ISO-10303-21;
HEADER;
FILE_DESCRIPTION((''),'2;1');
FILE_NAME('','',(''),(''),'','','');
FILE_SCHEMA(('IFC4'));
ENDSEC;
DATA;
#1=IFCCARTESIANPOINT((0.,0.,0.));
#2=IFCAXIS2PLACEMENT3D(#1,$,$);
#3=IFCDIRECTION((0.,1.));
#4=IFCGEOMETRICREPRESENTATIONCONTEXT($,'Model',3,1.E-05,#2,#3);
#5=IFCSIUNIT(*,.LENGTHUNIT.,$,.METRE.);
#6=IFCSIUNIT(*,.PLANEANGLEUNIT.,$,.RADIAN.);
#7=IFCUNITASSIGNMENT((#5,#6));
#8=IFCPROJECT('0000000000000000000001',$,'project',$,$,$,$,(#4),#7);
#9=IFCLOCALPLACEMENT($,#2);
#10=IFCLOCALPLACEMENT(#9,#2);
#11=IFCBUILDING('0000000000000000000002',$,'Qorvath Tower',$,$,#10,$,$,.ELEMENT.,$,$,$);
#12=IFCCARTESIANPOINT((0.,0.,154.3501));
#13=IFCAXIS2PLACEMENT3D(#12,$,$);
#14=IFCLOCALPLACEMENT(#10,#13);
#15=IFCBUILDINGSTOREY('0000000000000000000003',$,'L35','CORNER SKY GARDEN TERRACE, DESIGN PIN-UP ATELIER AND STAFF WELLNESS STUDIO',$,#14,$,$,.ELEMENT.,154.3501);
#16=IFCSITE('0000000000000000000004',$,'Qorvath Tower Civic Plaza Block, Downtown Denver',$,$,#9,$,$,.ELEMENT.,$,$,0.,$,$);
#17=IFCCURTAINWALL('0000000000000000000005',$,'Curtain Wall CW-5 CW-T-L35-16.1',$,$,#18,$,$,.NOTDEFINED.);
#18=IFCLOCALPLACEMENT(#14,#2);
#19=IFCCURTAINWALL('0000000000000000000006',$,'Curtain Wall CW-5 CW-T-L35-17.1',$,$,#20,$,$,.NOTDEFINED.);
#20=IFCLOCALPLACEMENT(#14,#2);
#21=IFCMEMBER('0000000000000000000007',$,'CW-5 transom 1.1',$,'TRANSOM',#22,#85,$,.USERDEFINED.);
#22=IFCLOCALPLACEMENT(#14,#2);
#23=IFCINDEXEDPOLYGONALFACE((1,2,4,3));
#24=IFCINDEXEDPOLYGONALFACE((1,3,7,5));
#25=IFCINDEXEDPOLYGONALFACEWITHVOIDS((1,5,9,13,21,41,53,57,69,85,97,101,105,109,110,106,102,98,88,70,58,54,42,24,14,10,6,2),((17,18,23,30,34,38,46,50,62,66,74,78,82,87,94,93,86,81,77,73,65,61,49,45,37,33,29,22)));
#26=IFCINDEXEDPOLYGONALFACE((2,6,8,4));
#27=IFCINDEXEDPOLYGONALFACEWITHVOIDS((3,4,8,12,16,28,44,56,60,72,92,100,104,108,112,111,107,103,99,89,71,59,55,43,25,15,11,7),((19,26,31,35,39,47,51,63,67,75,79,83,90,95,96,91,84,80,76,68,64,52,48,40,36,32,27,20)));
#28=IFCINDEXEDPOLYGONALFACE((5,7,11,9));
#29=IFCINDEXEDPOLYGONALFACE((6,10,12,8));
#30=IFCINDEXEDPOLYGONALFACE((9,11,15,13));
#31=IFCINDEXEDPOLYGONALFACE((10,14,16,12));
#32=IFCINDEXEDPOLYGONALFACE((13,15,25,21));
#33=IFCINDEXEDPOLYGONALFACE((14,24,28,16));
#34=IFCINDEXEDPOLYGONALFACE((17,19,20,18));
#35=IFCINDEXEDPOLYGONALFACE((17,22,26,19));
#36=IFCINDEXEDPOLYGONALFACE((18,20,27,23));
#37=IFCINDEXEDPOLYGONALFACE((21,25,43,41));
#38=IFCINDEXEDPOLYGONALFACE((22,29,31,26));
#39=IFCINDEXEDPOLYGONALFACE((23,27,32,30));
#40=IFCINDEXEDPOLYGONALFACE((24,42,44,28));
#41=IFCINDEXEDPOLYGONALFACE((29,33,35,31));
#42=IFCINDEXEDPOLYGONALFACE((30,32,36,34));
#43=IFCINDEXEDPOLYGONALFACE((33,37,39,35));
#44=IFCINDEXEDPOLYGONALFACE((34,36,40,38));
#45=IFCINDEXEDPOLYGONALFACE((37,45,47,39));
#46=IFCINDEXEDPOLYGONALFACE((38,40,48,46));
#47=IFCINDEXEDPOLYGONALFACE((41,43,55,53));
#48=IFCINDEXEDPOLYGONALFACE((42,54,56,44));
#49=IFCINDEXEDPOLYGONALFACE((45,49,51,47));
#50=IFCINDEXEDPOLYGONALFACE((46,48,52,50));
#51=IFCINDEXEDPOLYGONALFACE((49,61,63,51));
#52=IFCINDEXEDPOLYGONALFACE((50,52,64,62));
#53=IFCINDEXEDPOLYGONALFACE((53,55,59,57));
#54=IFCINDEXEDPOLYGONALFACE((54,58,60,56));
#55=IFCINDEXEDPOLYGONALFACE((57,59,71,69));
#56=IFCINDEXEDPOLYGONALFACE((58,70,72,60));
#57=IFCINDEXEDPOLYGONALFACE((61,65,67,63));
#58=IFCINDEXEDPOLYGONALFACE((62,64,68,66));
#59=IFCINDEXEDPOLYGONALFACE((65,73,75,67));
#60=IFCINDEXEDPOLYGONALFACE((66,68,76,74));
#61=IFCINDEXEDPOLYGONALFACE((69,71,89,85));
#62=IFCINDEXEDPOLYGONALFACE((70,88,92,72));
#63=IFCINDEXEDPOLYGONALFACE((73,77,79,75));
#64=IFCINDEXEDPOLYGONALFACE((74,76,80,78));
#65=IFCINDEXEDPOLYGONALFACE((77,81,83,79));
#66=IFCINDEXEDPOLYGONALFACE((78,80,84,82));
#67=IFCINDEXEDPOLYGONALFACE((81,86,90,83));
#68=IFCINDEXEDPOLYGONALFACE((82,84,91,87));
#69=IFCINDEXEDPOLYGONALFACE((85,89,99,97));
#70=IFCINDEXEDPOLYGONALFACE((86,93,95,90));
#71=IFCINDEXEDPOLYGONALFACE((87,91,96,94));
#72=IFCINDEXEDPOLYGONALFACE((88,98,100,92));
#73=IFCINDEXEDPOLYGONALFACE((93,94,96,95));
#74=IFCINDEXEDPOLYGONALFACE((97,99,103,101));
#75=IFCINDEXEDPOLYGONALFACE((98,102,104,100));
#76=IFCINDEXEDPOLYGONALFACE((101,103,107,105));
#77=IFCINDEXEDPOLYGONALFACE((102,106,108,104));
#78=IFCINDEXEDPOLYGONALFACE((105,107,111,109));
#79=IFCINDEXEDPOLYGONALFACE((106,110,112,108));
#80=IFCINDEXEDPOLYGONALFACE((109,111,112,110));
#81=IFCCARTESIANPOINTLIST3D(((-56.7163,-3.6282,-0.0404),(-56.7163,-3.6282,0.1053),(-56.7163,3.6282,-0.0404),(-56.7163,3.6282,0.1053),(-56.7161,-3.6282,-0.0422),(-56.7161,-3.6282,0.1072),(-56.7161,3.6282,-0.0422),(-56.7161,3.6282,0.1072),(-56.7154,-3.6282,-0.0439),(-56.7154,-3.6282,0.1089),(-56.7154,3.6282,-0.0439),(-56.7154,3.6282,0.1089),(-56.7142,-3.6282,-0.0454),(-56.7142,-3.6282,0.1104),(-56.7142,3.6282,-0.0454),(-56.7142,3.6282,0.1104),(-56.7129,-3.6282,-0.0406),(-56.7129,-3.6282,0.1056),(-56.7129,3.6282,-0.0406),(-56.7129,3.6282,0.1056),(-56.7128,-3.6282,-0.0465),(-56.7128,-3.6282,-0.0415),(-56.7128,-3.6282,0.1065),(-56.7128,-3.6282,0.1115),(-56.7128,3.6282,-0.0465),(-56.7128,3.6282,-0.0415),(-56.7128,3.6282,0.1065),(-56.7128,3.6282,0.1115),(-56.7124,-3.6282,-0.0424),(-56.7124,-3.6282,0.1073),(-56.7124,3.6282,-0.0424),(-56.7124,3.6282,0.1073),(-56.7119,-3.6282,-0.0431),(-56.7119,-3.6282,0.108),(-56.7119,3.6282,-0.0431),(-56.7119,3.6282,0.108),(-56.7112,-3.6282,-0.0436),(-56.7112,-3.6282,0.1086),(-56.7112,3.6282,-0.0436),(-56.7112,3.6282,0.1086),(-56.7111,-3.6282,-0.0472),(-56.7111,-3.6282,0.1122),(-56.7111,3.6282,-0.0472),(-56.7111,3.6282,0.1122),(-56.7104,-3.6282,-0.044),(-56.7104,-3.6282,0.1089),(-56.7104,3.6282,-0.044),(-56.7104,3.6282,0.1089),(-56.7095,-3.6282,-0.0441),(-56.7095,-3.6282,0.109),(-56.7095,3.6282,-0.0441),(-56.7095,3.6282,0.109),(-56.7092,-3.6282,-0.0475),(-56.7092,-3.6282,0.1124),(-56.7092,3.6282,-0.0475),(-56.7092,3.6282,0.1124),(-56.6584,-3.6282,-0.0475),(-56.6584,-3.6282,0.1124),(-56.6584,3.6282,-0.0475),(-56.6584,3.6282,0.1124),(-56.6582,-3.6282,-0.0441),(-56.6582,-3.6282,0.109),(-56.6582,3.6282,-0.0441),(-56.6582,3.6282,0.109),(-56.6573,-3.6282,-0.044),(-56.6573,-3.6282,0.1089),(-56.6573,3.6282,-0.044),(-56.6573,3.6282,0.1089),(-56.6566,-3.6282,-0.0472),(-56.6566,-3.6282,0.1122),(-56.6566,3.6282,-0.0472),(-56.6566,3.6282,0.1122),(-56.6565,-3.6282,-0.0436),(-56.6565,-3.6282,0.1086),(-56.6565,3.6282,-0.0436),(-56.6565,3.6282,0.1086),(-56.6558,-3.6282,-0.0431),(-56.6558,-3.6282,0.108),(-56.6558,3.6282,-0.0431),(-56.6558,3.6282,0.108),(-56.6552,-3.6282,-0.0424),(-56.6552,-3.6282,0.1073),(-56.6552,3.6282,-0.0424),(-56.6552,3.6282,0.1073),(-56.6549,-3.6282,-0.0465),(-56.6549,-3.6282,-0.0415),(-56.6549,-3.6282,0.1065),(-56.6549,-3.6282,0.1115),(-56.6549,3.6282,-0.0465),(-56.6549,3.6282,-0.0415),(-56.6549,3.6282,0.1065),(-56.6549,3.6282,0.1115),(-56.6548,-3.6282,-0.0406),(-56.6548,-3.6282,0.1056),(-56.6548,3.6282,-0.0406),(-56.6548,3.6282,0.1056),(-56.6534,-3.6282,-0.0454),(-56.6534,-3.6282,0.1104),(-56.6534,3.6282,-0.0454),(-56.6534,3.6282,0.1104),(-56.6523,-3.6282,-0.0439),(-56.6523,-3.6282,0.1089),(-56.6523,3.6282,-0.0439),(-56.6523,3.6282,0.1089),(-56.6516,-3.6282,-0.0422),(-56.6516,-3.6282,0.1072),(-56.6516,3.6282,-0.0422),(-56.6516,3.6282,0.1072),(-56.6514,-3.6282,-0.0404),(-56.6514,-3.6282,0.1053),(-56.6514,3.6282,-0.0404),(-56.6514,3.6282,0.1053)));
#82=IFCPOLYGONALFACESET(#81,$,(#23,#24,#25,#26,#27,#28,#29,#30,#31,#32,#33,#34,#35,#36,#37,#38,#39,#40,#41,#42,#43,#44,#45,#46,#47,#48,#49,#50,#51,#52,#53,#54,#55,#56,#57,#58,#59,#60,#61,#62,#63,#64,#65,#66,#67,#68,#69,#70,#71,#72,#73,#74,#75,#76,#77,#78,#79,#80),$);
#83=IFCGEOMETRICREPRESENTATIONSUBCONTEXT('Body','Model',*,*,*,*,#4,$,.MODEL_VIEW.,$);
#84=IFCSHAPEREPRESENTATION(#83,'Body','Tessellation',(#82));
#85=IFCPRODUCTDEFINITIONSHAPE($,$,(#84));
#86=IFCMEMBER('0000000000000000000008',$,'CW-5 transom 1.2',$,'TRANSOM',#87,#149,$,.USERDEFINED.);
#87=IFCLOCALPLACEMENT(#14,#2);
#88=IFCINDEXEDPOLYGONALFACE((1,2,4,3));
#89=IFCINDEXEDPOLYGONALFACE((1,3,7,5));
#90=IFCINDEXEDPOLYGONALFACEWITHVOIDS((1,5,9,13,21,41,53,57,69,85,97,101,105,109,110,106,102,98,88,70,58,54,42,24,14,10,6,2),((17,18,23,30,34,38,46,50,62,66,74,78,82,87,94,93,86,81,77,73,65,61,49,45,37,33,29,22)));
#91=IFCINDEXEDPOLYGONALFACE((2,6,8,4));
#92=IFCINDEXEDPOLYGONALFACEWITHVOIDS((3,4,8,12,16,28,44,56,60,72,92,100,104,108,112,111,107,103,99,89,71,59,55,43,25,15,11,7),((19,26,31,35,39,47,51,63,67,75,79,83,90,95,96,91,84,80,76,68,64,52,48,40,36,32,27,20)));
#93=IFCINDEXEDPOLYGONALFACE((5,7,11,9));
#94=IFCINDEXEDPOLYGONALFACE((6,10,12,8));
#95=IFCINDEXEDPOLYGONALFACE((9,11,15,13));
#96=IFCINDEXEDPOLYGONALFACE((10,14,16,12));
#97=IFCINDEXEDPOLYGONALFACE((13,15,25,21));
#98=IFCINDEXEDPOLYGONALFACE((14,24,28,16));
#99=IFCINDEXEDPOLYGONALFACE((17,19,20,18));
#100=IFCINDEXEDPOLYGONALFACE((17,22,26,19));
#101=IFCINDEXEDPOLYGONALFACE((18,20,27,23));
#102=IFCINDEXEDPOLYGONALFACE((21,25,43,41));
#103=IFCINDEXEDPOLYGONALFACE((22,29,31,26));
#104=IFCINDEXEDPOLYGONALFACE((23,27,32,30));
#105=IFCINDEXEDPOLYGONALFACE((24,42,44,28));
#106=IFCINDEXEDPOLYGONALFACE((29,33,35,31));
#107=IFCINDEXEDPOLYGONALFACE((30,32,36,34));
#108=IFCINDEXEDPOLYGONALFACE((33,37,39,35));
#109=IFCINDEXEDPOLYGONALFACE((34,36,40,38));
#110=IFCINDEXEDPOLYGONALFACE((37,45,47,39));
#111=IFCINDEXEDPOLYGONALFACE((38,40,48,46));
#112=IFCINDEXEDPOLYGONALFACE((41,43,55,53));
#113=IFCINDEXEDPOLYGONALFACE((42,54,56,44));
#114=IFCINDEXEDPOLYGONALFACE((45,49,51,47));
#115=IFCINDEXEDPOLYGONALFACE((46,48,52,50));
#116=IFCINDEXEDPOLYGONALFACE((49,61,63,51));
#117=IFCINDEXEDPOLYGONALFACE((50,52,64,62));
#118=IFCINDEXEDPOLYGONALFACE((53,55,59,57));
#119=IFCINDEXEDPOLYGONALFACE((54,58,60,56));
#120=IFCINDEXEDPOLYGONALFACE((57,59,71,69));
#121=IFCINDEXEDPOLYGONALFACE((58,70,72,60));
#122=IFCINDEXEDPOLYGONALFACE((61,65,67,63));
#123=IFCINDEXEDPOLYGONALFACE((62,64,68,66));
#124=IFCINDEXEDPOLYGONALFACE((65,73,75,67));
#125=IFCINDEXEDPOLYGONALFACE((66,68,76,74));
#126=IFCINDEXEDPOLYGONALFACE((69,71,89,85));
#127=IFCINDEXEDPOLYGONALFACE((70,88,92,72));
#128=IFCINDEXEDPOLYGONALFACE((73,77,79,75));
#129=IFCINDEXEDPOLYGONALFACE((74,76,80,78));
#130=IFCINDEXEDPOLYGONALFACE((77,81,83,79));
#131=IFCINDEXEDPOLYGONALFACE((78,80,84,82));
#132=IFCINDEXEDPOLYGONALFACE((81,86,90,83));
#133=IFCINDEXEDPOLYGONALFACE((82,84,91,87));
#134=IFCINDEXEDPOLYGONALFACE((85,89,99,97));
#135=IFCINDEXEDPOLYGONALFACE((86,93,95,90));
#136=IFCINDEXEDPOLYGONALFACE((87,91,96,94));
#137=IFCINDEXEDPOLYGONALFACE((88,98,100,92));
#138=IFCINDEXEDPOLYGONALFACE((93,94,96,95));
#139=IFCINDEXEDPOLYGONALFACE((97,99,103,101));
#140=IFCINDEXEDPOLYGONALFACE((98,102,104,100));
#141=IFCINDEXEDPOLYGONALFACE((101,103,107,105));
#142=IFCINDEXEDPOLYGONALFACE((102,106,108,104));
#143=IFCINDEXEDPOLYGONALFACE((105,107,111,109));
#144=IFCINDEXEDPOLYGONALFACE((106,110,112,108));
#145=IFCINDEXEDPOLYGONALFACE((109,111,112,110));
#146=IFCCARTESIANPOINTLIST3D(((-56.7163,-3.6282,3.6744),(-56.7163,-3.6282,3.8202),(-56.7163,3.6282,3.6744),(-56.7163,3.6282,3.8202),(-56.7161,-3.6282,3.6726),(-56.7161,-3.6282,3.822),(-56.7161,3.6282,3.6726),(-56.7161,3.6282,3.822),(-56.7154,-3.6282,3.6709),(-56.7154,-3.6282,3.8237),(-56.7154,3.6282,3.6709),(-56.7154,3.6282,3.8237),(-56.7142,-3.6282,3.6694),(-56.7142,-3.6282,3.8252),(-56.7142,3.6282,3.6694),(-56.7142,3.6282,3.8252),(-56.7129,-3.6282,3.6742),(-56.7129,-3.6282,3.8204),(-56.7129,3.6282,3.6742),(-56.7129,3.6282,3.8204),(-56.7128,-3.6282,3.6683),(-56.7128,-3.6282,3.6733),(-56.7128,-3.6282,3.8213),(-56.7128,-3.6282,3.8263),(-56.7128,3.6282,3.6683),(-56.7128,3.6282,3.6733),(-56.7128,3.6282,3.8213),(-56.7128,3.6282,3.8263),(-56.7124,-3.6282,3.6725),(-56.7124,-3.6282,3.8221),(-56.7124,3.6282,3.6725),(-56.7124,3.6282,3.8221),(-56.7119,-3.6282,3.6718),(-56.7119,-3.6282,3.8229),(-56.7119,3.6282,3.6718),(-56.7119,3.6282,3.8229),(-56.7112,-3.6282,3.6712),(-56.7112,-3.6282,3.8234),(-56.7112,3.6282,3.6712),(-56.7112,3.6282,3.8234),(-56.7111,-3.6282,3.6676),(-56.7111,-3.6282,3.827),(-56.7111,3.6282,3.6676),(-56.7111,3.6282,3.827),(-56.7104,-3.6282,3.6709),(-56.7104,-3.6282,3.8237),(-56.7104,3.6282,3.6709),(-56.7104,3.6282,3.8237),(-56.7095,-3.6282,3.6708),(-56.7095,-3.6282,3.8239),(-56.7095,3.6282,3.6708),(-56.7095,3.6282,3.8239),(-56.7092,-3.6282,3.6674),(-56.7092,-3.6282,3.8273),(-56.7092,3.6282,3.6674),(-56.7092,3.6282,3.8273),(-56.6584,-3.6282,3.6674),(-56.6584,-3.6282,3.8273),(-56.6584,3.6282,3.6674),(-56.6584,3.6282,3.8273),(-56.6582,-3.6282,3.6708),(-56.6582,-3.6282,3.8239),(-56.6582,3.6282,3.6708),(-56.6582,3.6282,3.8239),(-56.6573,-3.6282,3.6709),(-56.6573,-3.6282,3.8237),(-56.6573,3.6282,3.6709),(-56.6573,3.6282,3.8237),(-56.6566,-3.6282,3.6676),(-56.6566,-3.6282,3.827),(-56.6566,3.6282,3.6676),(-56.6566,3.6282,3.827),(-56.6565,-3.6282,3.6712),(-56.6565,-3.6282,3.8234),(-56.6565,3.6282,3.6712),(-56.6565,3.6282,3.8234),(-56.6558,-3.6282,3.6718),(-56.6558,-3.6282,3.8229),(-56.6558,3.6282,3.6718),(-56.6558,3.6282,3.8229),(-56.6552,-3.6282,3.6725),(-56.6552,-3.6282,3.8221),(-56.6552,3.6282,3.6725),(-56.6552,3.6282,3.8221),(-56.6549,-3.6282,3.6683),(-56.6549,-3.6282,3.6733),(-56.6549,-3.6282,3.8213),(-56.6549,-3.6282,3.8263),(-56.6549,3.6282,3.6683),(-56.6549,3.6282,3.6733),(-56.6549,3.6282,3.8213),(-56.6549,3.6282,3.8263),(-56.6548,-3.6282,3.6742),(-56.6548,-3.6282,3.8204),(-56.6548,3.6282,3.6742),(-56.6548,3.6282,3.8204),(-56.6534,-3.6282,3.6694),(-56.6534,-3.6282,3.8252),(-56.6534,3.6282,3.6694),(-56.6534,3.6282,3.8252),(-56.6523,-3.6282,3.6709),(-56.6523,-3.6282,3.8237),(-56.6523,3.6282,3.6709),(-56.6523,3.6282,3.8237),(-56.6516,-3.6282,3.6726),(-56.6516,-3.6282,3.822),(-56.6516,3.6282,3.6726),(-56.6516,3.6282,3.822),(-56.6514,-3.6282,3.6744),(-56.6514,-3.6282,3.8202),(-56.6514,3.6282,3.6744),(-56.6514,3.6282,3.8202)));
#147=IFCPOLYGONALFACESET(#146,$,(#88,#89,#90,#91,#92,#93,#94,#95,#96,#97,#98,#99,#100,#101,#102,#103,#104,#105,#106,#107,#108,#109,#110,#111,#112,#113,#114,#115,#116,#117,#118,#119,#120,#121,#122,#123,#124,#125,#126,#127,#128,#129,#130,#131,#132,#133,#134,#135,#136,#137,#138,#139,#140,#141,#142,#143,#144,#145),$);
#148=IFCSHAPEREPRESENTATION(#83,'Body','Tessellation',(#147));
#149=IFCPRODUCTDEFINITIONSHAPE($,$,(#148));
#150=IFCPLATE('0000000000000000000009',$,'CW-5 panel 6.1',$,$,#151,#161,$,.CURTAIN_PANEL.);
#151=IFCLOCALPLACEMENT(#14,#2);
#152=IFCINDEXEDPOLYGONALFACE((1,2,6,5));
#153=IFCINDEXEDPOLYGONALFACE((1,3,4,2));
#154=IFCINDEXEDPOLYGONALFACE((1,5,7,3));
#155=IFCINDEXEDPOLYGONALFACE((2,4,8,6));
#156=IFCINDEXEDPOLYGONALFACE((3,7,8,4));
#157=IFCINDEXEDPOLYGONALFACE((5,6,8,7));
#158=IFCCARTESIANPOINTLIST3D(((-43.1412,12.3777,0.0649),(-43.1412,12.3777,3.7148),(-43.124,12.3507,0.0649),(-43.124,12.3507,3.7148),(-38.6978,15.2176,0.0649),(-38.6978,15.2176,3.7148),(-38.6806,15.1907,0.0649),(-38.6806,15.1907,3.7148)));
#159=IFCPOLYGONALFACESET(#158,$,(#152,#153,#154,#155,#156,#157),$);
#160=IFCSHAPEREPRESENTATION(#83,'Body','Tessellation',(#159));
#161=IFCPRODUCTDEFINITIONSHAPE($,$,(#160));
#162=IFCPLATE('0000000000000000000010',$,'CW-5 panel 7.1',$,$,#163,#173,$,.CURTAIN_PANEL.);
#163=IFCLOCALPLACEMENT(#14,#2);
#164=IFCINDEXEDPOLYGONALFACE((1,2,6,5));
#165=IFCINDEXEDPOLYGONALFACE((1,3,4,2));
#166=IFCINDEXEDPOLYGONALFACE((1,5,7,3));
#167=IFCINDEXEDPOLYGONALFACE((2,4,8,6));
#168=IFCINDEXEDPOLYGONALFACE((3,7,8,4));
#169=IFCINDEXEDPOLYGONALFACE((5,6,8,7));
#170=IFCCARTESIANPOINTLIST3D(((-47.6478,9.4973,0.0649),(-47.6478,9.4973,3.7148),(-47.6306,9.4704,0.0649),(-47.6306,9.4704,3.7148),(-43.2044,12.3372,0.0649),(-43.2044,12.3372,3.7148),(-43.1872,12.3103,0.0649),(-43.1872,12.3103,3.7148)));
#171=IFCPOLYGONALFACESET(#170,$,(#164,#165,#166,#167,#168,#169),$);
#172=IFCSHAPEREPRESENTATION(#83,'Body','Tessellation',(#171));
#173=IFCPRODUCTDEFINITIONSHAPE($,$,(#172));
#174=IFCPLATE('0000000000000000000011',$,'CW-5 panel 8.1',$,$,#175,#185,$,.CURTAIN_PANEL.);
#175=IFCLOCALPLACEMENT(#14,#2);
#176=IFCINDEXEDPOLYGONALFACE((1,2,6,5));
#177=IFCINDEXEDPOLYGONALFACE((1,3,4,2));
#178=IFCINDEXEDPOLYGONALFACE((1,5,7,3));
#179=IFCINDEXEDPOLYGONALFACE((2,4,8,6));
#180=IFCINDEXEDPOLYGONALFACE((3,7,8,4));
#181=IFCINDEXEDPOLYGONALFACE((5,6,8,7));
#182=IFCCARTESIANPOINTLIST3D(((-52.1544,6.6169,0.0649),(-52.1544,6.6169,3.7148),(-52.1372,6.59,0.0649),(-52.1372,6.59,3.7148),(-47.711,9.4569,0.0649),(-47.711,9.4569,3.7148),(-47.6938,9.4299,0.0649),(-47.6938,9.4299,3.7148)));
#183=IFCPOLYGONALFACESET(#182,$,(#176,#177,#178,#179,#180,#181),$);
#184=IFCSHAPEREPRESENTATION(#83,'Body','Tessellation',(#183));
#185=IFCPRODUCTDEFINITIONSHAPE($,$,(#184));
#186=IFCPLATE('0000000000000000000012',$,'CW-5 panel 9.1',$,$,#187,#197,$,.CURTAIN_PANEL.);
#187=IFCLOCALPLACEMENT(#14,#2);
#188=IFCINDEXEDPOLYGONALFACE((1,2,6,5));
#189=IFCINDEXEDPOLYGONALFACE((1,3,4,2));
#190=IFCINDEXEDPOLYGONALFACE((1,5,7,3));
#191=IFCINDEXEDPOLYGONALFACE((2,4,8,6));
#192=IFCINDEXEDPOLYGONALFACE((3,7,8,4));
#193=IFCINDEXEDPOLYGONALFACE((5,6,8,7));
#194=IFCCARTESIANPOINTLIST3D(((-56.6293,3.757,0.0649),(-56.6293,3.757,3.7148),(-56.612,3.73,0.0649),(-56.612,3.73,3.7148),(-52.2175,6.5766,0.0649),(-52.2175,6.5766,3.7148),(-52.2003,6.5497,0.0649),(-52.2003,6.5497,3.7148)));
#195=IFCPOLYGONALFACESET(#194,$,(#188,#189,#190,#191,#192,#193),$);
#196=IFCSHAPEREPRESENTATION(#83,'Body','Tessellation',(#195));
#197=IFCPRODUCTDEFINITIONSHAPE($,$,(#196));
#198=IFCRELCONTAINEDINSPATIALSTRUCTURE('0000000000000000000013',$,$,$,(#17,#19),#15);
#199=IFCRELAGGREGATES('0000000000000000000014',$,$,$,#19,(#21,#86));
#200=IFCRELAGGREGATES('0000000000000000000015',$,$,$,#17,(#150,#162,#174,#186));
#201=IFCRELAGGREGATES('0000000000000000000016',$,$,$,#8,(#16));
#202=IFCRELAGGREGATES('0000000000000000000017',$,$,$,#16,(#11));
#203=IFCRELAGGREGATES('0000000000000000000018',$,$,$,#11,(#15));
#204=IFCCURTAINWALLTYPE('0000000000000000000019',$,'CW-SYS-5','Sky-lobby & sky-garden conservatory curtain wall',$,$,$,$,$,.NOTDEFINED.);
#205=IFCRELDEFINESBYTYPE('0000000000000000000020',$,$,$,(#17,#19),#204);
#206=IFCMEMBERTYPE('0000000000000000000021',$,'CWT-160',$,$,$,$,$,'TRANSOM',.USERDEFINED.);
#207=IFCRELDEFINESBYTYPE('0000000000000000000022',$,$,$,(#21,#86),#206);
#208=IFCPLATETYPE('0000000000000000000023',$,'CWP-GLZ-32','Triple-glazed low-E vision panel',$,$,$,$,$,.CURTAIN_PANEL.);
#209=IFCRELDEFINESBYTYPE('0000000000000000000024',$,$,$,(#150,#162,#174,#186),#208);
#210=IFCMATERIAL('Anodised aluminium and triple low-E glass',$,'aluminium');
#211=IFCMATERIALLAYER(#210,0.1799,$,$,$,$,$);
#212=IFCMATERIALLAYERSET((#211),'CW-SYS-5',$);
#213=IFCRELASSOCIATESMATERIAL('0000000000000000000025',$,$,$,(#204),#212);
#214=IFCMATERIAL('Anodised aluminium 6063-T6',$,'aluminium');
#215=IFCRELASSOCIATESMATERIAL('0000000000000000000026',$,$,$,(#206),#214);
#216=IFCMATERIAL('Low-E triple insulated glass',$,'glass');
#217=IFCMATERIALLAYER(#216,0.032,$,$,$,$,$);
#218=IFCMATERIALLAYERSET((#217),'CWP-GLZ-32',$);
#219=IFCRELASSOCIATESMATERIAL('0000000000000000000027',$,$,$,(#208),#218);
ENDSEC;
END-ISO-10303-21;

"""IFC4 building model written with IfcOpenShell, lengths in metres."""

from ifc_helpers import new_model, si_unit, direction, frame, origin, origin_2d, place, context, subcontext, project, spatial, rectangle, hollow_rectangle, extrude, material, layer, layer_set, material_profile, profile_set, type_object, element, aggregate, save


model = new_model("IFC4")

# Units and contexts
model_context = context("Model", 3, precision=1e-05, world=origin(), true_north=direction((0.0, 1.0)))
body_context = subcontext(model_context, "Body", "Model", "MODEL_VIEW")
ifc_project = project(units=[si_unit("LENGTHUNIT", "METRE"), si_unit("PLANEANGLEUNIT", "RADIAN")], contexts=[model_context])

# Site, building, storey
site_placement = place(None, origin())
site = spatial("IfcSite", under=ifc_project, at=site_placement, Name="Qorvath Tower Civic Plaza Block, Downtown Denver", CompositionType="ELEMENT", RefElevation=0.0)
building_placement = place(site_placement, origin())
building = spatial("IfcBuilding", under=site, at=building_placement, Name="Qorvath Tower", CompositionType="ELEMENT")
storey_placement = place(building_placement, frame((0.0, 0.0, 154.3501)))
storey = spatial("IfcBuildingStorey", under=building, at=storey_placement, Name="L35", Description="CORNER SKY GARDEN TERRACE, DESIGN PIN-UP ATELIER AND STAFF WELLNESS STUDIO", CompositionType="ELEMENT", Elevation=154.3501)

# Curtain wall
ifc_material_1 = material(Name="Anodised aluminium and triple low-E glass", Category="aluminium")
ifc_layer_1 = layer(ifc_material_1, 0.1799)
ifc_layer_set_1 = layer_set([ifc_layer_1], Name="CW-SYS-5")
curtain_wall_type = type_object("IfcCurtainWallType", Name="CW-SYS-5", Description="Sky-lobby & sky-garden conservatory curtain wall", PredefinedType="NOTDEFINED", material=ifc_layer_set_1)
curtain_wall_1_placement = place(storey_placement, origin())
curtain_wall_1 = element("IfcCurtainWall", 1, at=curtain_wall_1_placement, inside=storey, type_object=curtain_wall_type, Name="Curtain Wall CW-5 CW-T-L35-16.1", PredefinedType="NOTDEFINED")

# Curtain wall
curtain_wall_2_placement = place(storey_placement, origin())
curtain_wall_2 = element("IfcCurtainWall", 2, at=curtain_wall_2_placement, inside=storey, type_object=curtain_wall_type, Name="Curtain Wall CW-5 CW-T-L35-17.1", PredefinedType="NOTDEFINED")

# Members
ifc_material_2 = material(Name="Anodised aluminium 6063-T6", Category="aluminium")
ifc_material_profile_1 = material_profile(ifc_material_2, hollow_rectangle(XDim=0.0649, YDim=0.1599, WallThickness=0.0034, InnerFilletRadius=0.0034, OuterFilletRadius=0.0071, at=origin_2d()), Name="CWT 160x65")
ifc_profile_set_1 = profile_set([ifc_material_profile_1], Name="Anodised aluminium 6063-T6")
member_type_1 = type_object("IfcMemberType", Name="CWT-160", ElementType="TRANSOM", PredefinedType="USERDEFINED", material=ifc_profile_set_1)
member_1_placement = place(storey_placement, frame((-56.6838, 3.6282, 0.0325), z_axis=(0.0, -1.0, 0.0), x_axis=(1.0, 0.0, 0.0)))
member_1 = element("IfcMember", 3, at=member_1_placement, type_object=member_type_1, Name="CW-5 transom 1.1", ObjectType="TRANSOM", PredefinedType="USERDEFINED", context=body_context, shape_type="SweptSolid", body=[
    extrude(hollow_rectangle(XDim=0.0649, YDim=0.1599, WallThickness=0.0034, InnerFilletRadius=0.0034, OuterFilletRadius=0.0071, at=origin_2d()), origin(), (0.0, 0.0, 1.0), 7.2563),
])
member_2_placement = place(storey_placement, frame((-56.6838, 3.6282, 3.7473), z_axis=(0.0, -1.0, 0.0), x_axis=(1.0, 0.0, 0.0)))
member_2 = element("IfcMember", 4, at=member_2_placement, type_object=member_type_1, Name="CW-5 transom 1.2", ObjectType="TRANSOM", PredefinedType="USERDEFINED", context=body_context, shape_type="SweptSolid", body=[
    extrude(hollow_rectangle(XDim=0.0649, YDim=0.1599, WallThickness=0.0034, InnerFilletRadius=0.0034, OuterFilletRadius=0.0071, at=origin_2d()), origin(), (0.0, 0.0, 1.0), 7.2563),
])
aggregate(curtain_wall_2, [member_1, member_2])

# Plates
ifc_material_3 = material(Name="Low-E triple insulated glass", Category="glass")
ifc_layer_2 = layer(ifc_material_3, 0.032)
ifc_layer_set_2 = layer_set([ifc_layer_2], Name="CWP-GLZ-32")
plate_type = type_object("IfcPlateType", Name="CWP-GLZ-32", Description="Triple-glazed low-E vision panel", PredefinedType="CURTAIN_PANEL", material=ifc_layer_set_2)
plate_1_placement = place(storey_placement, frame((-40.9109, 13.7842, 0.0649), z_axis=(0.0, 0.0, 1.0), x_axis=(-0.842603, -0.538535, 0.0)))
plate_1 = element("IfcPlate", 5, at=plate_1_placement, type_object=plate_type, Name="CW-5 panel 6.1", PredefinedType="CURTAIN_PANEL", context=body_context, shape_type="SweptSolid", body=[
    extrude(rectangle(XDim=5.2734, YDim=0.032, at=origin_2d()), origin(), (0.0, 0.0, 1.0), 3.6499),
])
plate_2_placement = place(storey_placement, frame((-45.4175, 10.9038, 0.0649), z_axis=(0.0, 0.0, 1.0), x_axis=(-0.842603, -0.538535, 0.0)))
plate_2 = element("IfcPlate", 6, at=plate_2_placement, type_object=plate_type, Name="CW-5 panel 7.1", PredefinedType="CURTAIN_PANEL", context=body_context, shape_type="SweptSolid", body=[
    extrude(rectangle(XDim=5.2734, YDim=0.032, at=origin_2d()), origin(), (0.0, 0.0, 1.0), 3.6499),
])
plate_3_placement = place(storey_placement, frame((-49.9241, 8.0234, 0.0649), z_axis=(0.0, 0.0, 1.0), x_axis=(-0.842603, -0.538535, 0.0)))
plate_3 = element("IfcPlate", 7, at=plate_3_placement, type_object=plate_type, Name="CW-5 panel 8.1", PredefinedType="CURTAIN_PANEL", context=body_context, shape_type="SweptSolid", body=[
    extrude(rectangle(XDim=5.2734, YDim=0.032, at=origin_2d()), origin(), (0.0, 0.0, 1.0), 3.6499),
])
plate_4_placement = place(storey_placement, frame((-54.4148, 5.1533, 0.0649), z_axis=(0.0, 0.0, 1.0), x_axis=(-0.842603, -0.538535, 0.0)))
plate_4 = element("IfcPlate", 8, at=plate_4_placement, type_object=plate_type, Name="CW-5 panel 9.1", PredefinedType="CURTAIN_PANEL", context=body_context, shape_type="SweptSolid", body=[
    extrude(rectangle(XDim=5.2358, YDim=0.032, at=origin_2d()), origin(), (0.0, 0.0, 1.0), 3.6499),
])
aggregate(curtain_wall_1, [plate_1, plate_2, plate_3, plate_4])

save(model, "model.ifc")
